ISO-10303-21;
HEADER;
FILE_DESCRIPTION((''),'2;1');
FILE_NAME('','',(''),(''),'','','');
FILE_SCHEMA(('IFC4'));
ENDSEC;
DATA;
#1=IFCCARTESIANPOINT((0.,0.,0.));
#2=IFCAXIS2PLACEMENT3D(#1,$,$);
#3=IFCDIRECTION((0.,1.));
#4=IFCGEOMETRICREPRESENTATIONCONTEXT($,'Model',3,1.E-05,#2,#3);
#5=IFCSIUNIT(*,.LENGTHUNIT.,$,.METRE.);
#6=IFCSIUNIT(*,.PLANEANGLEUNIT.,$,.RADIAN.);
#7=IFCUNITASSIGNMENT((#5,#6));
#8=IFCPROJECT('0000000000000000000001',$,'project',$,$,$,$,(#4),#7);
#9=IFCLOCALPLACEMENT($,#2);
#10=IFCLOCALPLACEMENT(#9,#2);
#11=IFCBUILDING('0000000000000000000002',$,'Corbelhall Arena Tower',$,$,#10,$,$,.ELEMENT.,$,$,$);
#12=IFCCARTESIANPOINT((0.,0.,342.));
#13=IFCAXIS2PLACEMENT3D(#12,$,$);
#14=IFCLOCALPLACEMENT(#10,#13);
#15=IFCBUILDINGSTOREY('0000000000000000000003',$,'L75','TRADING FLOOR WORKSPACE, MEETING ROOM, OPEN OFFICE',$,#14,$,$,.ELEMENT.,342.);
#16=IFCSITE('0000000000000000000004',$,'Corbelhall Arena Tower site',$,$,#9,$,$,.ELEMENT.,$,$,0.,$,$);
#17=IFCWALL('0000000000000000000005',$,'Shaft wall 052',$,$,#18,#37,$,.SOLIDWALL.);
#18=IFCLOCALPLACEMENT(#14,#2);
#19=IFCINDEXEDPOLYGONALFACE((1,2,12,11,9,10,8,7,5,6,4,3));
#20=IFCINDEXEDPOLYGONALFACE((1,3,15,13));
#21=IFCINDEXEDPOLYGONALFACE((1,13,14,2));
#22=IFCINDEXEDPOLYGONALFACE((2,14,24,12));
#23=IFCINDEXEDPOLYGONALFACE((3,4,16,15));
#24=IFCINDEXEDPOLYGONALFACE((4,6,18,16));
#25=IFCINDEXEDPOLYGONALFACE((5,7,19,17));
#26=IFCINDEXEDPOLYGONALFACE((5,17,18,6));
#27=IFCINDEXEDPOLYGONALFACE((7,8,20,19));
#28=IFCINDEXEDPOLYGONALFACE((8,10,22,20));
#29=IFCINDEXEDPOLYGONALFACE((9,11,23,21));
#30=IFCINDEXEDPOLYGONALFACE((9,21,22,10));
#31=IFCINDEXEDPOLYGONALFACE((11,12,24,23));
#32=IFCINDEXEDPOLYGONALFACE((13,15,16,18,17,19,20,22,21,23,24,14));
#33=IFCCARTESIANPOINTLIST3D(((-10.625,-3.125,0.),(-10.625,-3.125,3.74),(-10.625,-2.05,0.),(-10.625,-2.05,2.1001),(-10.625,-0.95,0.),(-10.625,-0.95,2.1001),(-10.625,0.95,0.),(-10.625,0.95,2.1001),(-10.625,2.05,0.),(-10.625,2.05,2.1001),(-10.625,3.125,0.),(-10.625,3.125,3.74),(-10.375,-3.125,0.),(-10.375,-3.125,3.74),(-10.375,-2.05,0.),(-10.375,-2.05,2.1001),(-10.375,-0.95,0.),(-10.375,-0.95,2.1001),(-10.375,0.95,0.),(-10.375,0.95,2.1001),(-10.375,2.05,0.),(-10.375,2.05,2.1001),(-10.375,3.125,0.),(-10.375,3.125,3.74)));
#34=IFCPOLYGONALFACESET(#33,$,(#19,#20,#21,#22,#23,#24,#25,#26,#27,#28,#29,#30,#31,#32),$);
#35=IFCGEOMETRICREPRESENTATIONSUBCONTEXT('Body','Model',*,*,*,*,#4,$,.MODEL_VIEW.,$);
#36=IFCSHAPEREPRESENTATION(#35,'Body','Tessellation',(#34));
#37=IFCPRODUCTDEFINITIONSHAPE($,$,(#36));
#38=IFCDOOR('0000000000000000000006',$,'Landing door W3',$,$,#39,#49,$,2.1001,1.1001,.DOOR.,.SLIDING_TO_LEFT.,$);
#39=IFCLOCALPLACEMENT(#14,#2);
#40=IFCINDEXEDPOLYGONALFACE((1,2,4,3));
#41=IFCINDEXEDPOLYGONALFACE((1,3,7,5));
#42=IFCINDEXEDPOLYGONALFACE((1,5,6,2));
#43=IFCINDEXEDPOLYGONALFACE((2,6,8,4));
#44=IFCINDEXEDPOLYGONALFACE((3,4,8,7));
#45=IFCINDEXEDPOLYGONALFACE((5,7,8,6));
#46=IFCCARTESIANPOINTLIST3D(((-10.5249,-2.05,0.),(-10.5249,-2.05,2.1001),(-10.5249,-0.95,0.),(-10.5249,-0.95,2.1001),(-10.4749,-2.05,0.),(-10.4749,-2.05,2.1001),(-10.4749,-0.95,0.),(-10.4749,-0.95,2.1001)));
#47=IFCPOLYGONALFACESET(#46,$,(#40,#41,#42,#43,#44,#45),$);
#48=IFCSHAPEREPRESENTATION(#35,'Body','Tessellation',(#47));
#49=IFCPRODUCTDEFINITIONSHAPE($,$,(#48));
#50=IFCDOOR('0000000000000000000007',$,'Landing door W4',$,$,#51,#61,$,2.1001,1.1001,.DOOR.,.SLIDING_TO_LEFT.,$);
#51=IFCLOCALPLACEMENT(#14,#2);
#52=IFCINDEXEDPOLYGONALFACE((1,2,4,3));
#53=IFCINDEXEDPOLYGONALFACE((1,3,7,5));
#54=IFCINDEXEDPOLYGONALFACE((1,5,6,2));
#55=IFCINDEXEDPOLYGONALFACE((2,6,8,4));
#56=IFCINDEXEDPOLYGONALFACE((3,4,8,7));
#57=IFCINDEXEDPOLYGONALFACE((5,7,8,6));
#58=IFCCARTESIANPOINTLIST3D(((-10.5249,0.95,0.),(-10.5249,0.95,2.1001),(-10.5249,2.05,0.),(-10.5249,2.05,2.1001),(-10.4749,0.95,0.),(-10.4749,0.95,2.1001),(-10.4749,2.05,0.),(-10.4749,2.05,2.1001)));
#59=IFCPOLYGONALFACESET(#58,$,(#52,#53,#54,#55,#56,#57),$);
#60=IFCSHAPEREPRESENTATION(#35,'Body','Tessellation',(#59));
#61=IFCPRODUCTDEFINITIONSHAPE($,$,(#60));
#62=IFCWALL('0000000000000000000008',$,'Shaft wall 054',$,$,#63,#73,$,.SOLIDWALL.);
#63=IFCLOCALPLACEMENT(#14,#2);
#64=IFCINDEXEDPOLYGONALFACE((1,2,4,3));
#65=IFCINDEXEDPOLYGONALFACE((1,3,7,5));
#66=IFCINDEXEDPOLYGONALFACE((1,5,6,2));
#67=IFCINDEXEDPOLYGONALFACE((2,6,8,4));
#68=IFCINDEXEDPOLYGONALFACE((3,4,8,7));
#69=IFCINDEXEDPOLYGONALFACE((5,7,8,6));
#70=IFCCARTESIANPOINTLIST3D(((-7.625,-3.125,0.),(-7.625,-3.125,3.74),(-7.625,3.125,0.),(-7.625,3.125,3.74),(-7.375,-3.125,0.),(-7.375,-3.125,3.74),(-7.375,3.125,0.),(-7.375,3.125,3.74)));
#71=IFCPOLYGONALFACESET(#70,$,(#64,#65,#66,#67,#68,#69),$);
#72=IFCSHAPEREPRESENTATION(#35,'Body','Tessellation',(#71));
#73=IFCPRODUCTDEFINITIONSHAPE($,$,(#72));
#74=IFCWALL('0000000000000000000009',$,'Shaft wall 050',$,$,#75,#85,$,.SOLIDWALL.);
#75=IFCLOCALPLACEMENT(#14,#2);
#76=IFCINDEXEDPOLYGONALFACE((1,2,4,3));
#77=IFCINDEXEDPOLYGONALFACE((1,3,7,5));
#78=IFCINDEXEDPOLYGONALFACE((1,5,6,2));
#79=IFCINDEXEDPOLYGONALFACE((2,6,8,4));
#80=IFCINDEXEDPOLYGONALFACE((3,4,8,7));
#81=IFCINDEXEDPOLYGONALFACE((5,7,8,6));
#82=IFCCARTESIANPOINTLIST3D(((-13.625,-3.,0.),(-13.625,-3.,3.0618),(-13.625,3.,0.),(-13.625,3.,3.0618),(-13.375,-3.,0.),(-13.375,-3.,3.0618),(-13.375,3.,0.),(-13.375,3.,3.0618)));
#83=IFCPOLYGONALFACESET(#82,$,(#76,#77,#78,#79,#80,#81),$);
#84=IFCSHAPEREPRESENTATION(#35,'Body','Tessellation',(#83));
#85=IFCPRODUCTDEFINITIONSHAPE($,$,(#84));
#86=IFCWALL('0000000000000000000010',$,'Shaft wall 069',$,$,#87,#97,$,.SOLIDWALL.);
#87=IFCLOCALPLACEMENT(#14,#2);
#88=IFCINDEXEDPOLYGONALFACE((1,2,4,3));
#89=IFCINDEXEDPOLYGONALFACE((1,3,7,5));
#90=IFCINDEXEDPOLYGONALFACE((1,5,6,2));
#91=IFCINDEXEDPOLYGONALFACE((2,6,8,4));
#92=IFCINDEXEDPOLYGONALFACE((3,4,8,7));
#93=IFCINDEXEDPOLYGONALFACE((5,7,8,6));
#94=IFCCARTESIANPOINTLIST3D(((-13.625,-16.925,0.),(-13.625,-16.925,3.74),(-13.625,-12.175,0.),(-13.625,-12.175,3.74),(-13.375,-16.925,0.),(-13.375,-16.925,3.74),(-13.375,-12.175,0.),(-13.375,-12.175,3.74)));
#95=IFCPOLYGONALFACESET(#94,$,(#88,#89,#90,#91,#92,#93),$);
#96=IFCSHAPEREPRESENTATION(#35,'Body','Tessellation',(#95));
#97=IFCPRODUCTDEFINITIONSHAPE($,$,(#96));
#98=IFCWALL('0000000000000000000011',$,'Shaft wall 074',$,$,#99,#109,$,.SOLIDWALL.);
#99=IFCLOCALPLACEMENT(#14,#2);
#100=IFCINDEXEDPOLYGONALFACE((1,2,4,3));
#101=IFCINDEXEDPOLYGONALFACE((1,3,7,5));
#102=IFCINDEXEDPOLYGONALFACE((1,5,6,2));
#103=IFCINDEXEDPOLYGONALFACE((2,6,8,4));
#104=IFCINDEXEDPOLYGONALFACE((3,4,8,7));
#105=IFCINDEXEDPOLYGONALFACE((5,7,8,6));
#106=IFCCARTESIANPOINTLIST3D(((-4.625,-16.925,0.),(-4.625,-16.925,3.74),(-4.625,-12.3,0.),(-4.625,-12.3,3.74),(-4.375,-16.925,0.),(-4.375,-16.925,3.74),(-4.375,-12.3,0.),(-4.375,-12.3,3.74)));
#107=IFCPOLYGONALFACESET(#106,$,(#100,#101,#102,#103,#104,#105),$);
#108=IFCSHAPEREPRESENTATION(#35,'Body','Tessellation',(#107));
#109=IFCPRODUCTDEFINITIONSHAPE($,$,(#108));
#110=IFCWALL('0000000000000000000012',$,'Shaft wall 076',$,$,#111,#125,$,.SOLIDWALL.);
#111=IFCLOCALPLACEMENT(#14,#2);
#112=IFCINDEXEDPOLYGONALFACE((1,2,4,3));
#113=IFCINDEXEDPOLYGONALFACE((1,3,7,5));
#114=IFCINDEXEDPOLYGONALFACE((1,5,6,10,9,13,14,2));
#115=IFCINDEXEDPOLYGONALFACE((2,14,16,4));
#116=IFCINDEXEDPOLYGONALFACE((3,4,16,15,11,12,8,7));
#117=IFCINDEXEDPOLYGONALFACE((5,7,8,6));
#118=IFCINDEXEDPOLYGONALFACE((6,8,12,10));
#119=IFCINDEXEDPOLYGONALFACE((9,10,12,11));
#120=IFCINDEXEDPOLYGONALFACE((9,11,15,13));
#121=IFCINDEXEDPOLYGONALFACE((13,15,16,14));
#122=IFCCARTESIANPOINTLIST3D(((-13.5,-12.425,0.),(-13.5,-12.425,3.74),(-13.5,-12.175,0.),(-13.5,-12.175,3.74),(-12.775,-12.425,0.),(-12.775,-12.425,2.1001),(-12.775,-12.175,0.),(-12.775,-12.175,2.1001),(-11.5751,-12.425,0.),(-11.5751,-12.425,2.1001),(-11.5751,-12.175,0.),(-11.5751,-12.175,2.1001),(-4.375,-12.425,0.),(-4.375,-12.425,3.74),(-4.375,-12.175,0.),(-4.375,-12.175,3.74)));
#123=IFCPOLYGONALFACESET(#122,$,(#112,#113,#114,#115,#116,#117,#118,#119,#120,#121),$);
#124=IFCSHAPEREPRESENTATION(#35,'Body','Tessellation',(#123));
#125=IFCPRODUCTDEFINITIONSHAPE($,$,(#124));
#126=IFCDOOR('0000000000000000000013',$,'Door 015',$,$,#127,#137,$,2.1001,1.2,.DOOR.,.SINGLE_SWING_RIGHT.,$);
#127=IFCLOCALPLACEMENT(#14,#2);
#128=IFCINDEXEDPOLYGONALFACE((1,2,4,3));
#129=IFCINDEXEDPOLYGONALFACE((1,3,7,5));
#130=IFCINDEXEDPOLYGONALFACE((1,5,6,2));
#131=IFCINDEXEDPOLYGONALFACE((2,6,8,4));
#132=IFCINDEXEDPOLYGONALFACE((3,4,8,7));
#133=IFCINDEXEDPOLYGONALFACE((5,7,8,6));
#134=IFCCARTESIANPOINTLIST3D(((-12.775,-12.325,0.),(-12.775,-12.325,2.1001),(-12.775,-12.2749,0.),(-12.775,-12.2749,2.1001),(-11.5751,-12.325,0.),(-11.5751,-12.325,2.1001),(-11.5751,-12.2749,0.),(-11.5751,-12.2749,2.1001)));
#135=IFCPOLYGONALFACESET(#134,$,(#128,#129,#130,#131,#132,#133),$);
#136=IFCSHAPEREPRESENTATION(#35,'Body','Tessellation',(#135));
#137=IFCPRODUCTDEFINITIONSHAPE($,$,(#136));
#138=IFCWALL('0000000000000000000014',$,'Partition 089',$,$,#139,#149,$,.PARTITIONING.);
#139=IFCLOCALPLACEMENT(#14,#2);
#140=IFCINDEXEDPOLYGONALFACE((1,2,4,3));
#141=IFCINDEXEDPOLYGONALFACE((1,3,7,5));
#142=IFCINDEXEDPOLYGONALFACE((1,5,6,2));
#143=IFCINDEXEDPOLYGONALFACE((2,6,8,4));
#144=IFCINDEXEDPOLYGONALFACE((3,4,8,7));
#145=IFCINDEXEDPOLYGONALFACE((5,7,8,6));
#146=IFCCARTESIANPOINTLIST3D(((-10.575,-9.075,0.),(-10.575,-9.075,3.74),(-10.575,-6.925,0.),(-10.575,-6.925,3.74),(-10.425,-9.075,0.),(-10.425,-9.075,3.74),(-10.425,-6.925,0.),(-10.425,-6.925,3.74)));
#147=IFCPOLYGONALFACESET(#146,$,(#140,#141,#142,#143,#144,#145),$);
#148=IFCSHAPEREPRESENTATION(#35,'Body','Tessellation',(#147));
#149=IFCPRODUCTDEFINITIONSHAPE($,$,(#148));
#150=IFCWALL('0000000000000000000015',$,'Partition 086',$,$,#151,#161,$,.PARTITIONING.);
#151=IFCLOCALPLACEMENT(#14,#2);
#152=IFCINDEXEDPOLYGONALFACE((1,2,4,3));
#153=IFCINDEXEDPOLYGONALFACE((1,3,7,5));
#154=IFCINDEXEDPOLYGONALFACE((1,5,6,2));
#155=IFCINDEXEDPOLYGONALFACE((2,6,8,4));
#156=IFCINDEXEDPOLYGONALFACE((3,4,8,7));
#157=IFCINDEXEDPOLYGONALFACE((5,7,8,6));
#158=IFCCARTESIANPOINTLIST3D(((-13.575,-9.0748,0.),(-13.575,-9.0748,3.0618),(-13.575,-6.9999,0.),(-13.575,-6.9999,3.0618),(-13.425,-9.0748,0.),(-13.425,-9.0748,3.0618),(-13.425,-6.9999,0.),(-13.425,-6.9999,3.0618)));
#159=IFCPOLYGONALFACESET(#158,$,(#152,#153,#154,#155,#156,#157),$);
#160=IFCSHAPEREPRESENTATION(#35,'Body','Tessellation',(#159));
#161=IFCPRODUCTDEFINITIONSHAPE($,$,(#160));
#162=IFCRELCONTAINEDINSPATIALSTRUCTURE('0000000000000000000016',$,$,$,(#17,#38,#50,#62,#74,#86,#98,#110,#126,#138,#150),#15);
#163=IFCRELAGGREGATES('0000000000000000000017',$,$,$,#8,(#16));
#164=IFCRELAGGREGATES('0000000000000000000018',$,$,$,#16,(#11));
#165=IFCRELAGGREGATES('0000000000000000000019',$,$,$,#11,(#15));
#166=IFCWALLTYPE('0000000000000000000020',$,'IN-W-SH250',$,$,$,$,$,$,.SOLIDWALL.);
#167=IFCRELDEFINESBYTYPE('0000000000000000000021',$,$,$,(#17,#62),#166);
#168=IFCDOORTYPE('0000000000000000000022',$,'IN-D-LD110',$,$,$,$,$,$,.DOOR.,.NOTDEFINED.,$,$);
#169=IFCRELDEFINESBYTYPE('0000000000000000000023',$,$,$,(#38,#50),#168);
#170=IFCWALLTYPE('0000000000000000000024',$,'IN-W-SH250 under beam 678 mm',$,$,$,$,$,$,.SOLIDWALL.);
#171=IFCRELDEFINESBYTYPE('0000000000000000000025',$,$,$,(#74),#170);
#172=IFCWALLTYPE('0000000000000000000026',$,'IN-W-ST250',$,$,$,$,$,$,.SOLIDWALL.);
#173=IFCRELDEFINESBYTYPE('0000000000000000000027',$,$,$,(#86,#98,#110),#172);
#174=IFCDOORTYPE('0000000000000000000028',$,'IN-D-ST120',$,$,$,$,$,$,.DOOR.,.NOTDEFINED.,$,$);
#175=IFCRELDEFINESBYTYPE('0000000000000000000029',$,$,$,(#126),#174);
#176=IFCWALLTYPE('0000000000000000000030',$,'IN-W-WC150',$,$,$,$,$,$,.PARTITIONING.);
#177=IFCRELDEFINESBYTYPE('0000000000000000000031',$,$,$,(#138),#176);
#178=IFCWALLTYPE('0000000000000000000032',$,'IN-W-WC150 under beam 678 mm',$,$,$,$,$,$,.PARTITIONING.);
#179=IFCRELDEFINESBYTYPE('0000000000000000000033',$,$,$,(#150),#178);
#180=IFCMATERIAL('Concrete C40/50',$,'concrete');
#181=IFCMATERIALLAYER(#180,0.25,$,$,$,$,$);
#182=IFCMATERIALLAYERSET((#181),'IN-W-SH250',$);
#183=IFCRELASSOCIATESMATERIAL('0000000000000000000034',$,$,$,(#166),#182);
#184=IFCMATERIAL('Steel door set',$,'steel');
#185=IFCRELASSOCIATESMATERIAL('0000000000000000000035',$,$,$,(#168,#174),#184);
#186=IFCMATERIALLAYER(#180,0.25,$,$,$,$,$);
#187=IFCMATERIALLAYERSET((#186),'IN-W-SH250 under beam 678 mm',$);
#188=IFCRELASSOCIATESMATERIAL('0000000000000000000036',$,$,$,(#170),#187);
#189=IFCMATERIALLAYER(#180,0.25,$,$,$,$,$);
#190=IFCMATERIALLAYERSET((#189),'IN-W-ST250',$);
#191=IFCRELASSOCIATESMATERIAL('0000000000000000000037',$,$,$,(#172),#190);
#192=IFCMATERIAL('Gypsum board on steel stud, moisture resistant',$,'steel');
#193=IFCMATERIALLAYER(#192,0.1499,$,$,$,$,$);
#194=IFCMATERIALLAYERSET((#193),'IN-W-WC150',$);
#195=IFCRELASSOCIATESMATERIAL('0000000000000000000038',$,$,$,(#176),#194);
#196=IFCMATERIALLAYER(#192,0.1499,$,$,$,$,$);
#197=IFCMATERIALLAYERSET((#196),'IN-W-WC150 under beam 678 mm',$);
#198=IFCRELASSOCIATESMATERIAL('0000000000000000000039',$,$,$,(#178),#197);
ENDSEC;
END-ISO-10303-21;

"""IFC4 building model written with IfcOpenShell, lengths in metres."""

from ifc_helpers import new_model, si_unit, direction, frame, frame_2d, origin, place, context, subcontext, project, spatial, rectangle, extrude, material, layer, layer_set, type_object, element, fill, save


model = new_model("IFC4")

# Units and contexts
model_context = context("Model", 3, precision=1e-05, world=origin(), true_north=direction((0.0, 1.0)))
body_context = subcontext(model_context, "Body", "Model", "MODEL_VIEW")
ifc_project = project(units=[si_unit("LENGTHUNIT", "METRE"), si_unit("PLANEANGLEUNIT", "RADIAN")], contexts=[model_context])

# Site, building, storey
site_placement = place(None, origin())
site = spatial("IfcSite", under=ifc_project, at=site_placement, Name="Corbelhall Arena Tower site", CompositionType="ELEMENT", RefElevation=0.0)
building_placement = place(site_placement, origin())
building = spatial("IfcBuilding", under=site, at=building_placement, Name="Corbelhall Arena Tower", CompositionType="ELEMENT")
storey_placement = place(building_placement, frame((0.0, 0.0, 342.0)))
storey = spatial("IfcBuildingStorey", under=building, at=storey_placement, Name="L75", Description="TRADING FLOOR WORKSPACE, MEETING ROOM, OPEN OFFICE", CompositionType="ELEMENT", Elevation=342.0)

# Shared definitions
ifc_material_1 = material(Name="Steel door set", Category="steel")

# Wall, openings, doors
ifc_material_2 = material(Name="Concrete C40/50", Category="concrete")
ifc_layer_1 = layer(ifc_material_2, 0.25)
ifc_layer_set_1 = layer_set([ifc_layer_1], Name="IN-W-SH250")
wall_type_1 = type_object("IfcWallType", Name="IN-W-SH250", PredefinedType="SOLIDWALL", material=ifc_layer_set_1)
wall_1_placement = place(storey_placement, frame((-10.5, -3.125, 0.0), z_axis=(0.0, 0.0, 1.0), x_axis=(0.0, 1.0, 0.0)))
wall_1 = element("IfcWall", 1, at=wall_1_placement, inside=storey, type_object=wall_type_1, Name="Shaft wall 052", PredefinedType="SOLIDWALL", context=body_context, shape_type="SweptSolid", body=[
    extrude(rectangle(XDim=6.25, YDim=0.25, at=frame_2d((3.125, 0.0))), origin(), (0.0, 0.0, 1.0), 3.74),
])
opening_1_placement = place(wall_1_placement, frame((1.075, 0.0, 0.0)))
opening_1 = element("IfcOpeningElement", 2, at=opening_1_placement, cuts=wall_1, PredefinedType="OPENING", context=body_context, shape_type="SweptSolid", body=[
    extrude(rectangle(XDim=1.1001, YDim=2.1001, at=frame_2d((0.55, 1.05))), frame((0.0, 0.125, 0.0), z_axis=(0.0, -1.0, 0.0), x_axis=(1.0, 0.0, 0.0)), (0.0, 0.0, 1.0), 0.25),
])
opening_2_placement = place(wall_1_placement, frame((4.075, 0.0, 0.0)))
opening_2 = element("IfcOpeningElement", 3, at=opening_2_placement, cuts=wall_1, PredefinedType="OPENING", context=body_context, shape_type="SweptSolid", body=[
    extrude(rectangle(XDim=1.1001, YDim=2.1001, at=frame_2d((0.55, 1.05))), frame((0.0, 0.125, 0.0), z_axis=(0.0, -1.0, 0.0), x_axis=(1.0, 0.0, 0.0)), (0.0, 0.0, 1.0), 0.25),
])
door_type_1 = type_object("IfcDoorType", Name="IN-D-LD110", OperationType="NOTDEFINED", PredefinedType="DOOR", material=ifc_material_1)
door_1_placement = place(opening_1_placement, origin())
door_1 = element("IfcDoor", 4, at=door_1_placement, inside=storey, type_object=door_type_1, Name="Landing door W3", OperationType="SLIDING_TO_LEFT", OverallHeight=2.1001, OverallWidth=1.1001, PredefinedType="DOOR", context=body_context, shape_type="SweptSolid", body=[
    extrude(rectangle(XDim=1.1001, YDim=2.1001, at=frame_2d((0.55, 1.05))), frame((0.0, 0.0249, 0.0), z_axis=(0.0, -1.0, 0.0), x_axis=(1.0, 0.0, 0.0)), (0.0, 0.0, 1.0), 0.05),
])
fill(opening_1, door_1)
door_2_placement = place(opening_2_placement, origin())
door_2 = element("IfcDoor", 5, at=door_2_placement, inside=storey, type_object=door_type_1, Name="Landing door W4", OperationType="SLIDING_TO_LEFT", OverallHeight=2.1001, OverallWidth=1.1001, PredefinedType="DOOR", context=body_context, shape_type="SweptSolid", body=[
    extrude(rectangle(XDim=1.1001, YDim=2.1001, at=frame_2d((0.55, 1.05))), frame((0.0, 0.0249, 0.0), z_axis=(0.0, -1.0, 0.0), x_axis=(1.0, 0.0, 0.0)), (0.0, 0.0, 1.0), 0.05),
])
fill(opening_2, door_2)

# Walls
wall_2_placement = place(storey_placement, frame((-7.5, -3.125, 0.0), z_axis=(0.0, 0.0, 1.0), x_axis=(0.0, 1.0, 0.0)))
element("IfcWall", 6, at=wall_2_placement, inside=storey, type_object=wall_type_1, Name="Shaft wall 054", PredefinedType="SOLIDWALL", context=body_context, shape_type="SweptSolid", body=[
    extrude(rectangle(XDim=6.25, YDim=0.25, at=frame_2d((3.125, 0.0))), origin(), (0.0, 0.0, 1.0), 3.74),
])
ifc_layer_2 = layer(ifc_material_2, 0.25)
ifc_layer_set_2 = layer_set([ifc_layer_2], Name="IN-W-SH250 under beam 678 mm")
wall_type_2 = type_object("IfcWallType", Name="IN-W-SH250 under beam 678 mm", PredefinedType="SOLIDWALL", material=ifc_layer_set_2)
wall_3_placement = place(storey_placement, frame((-13.5, -3.0, 0.0), z_axis=(0.0, 0.0, 1.0), x_axis=(0.0, 1.0, 0.0)))
element("IfcWall", 7, at=wall_3_placement, inside=storey, type_object=wall_type_2, Name="Shaft wall 050", PredefinedType="SOLIDWALL", context=body_context, shape_type="SweptSolid", body=[
    extrude(rectangle(XDim=6.0, YDim=0.25, at=frame_2d((3.0, 0.0))), origin(), (0.0, 0.0, 1.0), 3.0618),
])
ifc_layer_3 = layer(ifc_material_2, 0.25)
ifc_layer_set_3 = layer_set([ifc_layer_3], Name="IN-W-ST250")
wall_type_3 = type_object("IfcWallType", Name="IN-W-ST250", PredefinedType="SOLIDWALL", material=ifc_layer_set_3)
wall_4_placement = place(storey_placement, frame((-13.5, -12.175, 0.0), z_axis=(0.0, 0.0, 1.0), x_axis=(0.0, -1.0, 0.0)))
element("IfcWall", 8, at=wall_4_placement, inside=storey, type_object=wall_type_3, Name="Shaft wall 069", PredefinedType="SOLIDWALL", context=body_context, shape_type="SweptSolid", body=[
    extrude(rectangle(XDim=4.75, YDim=0.25, at=frame_2d((2.375, 0.0))), origin(), (0.0, 0.0, 1.0), 3.74),
])
wall_5_placement = place(storey_placement, frame((-4.5, -12.3, 0.0), z_axis=(0.0, 0.0, 1.0), x_axis=(0.0, -1.0, 0.0)))
element("IfcWall", 9, at=wall_5_placement, inside=storey, type_object=wall_type_3, Name="Shaft wall 074", PredefinedType="SOLIDWALL", context=body_context, shape_type="SweptSolid", body=[
    extrude(rectangle(XDim=4.625, YDim=0.25, at=frame_2d((2.3125, 0.0))), origin(), (0.0, 0.0, 1.0), 3.74),
])

# Wall, opening, door
wall_6_placement = place(storey_placement, frame((-4.375, -12.3, 0.0), z_axis=(0.0, 0.0, 1.0), x_axis=(-1.0, 0.0, 0.0)))
wall_6 = element("IfcWall", 10, at=wall_6_placement, inside=storey, type_object=wall_type_3, Name="Shaft wall 076", PredefinedType="SOLIDWALL", context=body_context, shape_type="SweptSolid", body=[
    extrude(rectangle(XDim=9.125, YDim=0.25, at=frame_2d((4.5625, 0.0))), origin(), (0.0, 0.0, 1.0), 3.74),
])
opening_3_placement = place(wall_6_placement, frame((7.2, 0.0, 0.0)))
opening_3 = element("IfcOpeningElement", 11, at=opening_3_placement, cuts=wall_6, PredefinedType="OPENING", context=body_context, shape_type="SweptSolid", body=[
    extrude(rectangle(XDim=1.2, YDim=2.1001, at=frame_2d((0.6001, 1.05))), frame((0.0, 0.125, 0.0), z_axis=(0.0, -1.0, 0.0), x_axis=(1.0, 0.0, 0.0)), (0.0, 0.0, 1.0), 0.25),
])
door_type_2 = type_object("IfcDoorType", Name="IN-D-ST120", OperationType="NOTDEFINED", PredefinedType="DOOR", material=ifc_material_1)
door_3_placement = place(opening_3_placement, origin())
door_3 = element("IfcDoor", 12, at=door_3_placement, inside=storey, type_object=door_type_2, Name="Door 015", OperationType="SINGLE_SWING_RIGHT", OverallHeight=2.1001, OverallWidth=1.2, PredefinedType="DOOR", context=body_context, shape_type="SweptSolid", body=[
    extrude(rectangle(XDim=1.2, YDim=2.1001, at=frame_2d((0.6001, 1.05))), frame((0.0, 0.0249, 0.0), z_axis=(0.0, -1.0, 0.0), x_axis=(1.0, 0.0, 0.0)), (0.0, 0.0, 1.0), 0.05),
])
fill(opening_3, door_3)

# Walls
ifc_material_3 = material(Name="Gypsum board on steel stud, moisture resistant", Category="steel")
ifc_layer_4 = layer(ifc_material_3, 0.1499)
ifc_layer_set_4 = layer_set([ifc_layer_4], Name="IN-W-WC150")
wall_type_4 = type_object("IfcWallType", Name="IN-W-WC150", PredefinedType="PARTITIONING", material=ifc_layer_set_4)
wall_7_placement = place(storey_placement, frame((-10.5, -9.075, 0.0), z_axis=(0.0, 0.0, 1.0), x_axis=(0.0, 1.0, 0.0)))
element("IfcWall", 13, at=wall_7_placement, inside=storey, type_object=wall_type_4, Name="Partition 089", PredefinedType="PARTITIONING", context=body_context, shape_type="SweptSolid", body=[
    extrude(rectangle(XDim=2.1499, YDim=0.1499, at=frame_2d((1.075, 0.0))), origin(), (0.0, 0.0, 1.0), 3.74),
])
ifc_layer_5 = layer(ifc_material_3, 0.1499)
ifc_layer_set_5 = layer_set([ifc_layer_5], Name="IN-W-WC150 under beam 678 mm")
wall_type_5 = type_object("IfcWallType", Name="IN-W-WC150 under beam 678 mm", PredefinedType="PARTITIONING", material=ifc_layer_set_5)
wall_8_placement = place(storey_placement, frame((-13.5, -9.075, 0.0), z_axis=(0.0, 0.0, 1.0), x_axis=(0.0, 1.0, 0.0)))
element("IfcWall", 14, at=wall_8_placement, inside=storey, type_object=wall_type_5, Name="Partition 086", PredefinedType="PARTITIONING", context=body_context, shape_type="SweptSolid", body=[
    extrude(rectangle(XDim=2.075, YDim=0.1499, at=frame_2d((1.0376, 0.0))), origin(), (0.0, 0.0, 1.0), 3.0618),
])

save(model, "model.ifc")
